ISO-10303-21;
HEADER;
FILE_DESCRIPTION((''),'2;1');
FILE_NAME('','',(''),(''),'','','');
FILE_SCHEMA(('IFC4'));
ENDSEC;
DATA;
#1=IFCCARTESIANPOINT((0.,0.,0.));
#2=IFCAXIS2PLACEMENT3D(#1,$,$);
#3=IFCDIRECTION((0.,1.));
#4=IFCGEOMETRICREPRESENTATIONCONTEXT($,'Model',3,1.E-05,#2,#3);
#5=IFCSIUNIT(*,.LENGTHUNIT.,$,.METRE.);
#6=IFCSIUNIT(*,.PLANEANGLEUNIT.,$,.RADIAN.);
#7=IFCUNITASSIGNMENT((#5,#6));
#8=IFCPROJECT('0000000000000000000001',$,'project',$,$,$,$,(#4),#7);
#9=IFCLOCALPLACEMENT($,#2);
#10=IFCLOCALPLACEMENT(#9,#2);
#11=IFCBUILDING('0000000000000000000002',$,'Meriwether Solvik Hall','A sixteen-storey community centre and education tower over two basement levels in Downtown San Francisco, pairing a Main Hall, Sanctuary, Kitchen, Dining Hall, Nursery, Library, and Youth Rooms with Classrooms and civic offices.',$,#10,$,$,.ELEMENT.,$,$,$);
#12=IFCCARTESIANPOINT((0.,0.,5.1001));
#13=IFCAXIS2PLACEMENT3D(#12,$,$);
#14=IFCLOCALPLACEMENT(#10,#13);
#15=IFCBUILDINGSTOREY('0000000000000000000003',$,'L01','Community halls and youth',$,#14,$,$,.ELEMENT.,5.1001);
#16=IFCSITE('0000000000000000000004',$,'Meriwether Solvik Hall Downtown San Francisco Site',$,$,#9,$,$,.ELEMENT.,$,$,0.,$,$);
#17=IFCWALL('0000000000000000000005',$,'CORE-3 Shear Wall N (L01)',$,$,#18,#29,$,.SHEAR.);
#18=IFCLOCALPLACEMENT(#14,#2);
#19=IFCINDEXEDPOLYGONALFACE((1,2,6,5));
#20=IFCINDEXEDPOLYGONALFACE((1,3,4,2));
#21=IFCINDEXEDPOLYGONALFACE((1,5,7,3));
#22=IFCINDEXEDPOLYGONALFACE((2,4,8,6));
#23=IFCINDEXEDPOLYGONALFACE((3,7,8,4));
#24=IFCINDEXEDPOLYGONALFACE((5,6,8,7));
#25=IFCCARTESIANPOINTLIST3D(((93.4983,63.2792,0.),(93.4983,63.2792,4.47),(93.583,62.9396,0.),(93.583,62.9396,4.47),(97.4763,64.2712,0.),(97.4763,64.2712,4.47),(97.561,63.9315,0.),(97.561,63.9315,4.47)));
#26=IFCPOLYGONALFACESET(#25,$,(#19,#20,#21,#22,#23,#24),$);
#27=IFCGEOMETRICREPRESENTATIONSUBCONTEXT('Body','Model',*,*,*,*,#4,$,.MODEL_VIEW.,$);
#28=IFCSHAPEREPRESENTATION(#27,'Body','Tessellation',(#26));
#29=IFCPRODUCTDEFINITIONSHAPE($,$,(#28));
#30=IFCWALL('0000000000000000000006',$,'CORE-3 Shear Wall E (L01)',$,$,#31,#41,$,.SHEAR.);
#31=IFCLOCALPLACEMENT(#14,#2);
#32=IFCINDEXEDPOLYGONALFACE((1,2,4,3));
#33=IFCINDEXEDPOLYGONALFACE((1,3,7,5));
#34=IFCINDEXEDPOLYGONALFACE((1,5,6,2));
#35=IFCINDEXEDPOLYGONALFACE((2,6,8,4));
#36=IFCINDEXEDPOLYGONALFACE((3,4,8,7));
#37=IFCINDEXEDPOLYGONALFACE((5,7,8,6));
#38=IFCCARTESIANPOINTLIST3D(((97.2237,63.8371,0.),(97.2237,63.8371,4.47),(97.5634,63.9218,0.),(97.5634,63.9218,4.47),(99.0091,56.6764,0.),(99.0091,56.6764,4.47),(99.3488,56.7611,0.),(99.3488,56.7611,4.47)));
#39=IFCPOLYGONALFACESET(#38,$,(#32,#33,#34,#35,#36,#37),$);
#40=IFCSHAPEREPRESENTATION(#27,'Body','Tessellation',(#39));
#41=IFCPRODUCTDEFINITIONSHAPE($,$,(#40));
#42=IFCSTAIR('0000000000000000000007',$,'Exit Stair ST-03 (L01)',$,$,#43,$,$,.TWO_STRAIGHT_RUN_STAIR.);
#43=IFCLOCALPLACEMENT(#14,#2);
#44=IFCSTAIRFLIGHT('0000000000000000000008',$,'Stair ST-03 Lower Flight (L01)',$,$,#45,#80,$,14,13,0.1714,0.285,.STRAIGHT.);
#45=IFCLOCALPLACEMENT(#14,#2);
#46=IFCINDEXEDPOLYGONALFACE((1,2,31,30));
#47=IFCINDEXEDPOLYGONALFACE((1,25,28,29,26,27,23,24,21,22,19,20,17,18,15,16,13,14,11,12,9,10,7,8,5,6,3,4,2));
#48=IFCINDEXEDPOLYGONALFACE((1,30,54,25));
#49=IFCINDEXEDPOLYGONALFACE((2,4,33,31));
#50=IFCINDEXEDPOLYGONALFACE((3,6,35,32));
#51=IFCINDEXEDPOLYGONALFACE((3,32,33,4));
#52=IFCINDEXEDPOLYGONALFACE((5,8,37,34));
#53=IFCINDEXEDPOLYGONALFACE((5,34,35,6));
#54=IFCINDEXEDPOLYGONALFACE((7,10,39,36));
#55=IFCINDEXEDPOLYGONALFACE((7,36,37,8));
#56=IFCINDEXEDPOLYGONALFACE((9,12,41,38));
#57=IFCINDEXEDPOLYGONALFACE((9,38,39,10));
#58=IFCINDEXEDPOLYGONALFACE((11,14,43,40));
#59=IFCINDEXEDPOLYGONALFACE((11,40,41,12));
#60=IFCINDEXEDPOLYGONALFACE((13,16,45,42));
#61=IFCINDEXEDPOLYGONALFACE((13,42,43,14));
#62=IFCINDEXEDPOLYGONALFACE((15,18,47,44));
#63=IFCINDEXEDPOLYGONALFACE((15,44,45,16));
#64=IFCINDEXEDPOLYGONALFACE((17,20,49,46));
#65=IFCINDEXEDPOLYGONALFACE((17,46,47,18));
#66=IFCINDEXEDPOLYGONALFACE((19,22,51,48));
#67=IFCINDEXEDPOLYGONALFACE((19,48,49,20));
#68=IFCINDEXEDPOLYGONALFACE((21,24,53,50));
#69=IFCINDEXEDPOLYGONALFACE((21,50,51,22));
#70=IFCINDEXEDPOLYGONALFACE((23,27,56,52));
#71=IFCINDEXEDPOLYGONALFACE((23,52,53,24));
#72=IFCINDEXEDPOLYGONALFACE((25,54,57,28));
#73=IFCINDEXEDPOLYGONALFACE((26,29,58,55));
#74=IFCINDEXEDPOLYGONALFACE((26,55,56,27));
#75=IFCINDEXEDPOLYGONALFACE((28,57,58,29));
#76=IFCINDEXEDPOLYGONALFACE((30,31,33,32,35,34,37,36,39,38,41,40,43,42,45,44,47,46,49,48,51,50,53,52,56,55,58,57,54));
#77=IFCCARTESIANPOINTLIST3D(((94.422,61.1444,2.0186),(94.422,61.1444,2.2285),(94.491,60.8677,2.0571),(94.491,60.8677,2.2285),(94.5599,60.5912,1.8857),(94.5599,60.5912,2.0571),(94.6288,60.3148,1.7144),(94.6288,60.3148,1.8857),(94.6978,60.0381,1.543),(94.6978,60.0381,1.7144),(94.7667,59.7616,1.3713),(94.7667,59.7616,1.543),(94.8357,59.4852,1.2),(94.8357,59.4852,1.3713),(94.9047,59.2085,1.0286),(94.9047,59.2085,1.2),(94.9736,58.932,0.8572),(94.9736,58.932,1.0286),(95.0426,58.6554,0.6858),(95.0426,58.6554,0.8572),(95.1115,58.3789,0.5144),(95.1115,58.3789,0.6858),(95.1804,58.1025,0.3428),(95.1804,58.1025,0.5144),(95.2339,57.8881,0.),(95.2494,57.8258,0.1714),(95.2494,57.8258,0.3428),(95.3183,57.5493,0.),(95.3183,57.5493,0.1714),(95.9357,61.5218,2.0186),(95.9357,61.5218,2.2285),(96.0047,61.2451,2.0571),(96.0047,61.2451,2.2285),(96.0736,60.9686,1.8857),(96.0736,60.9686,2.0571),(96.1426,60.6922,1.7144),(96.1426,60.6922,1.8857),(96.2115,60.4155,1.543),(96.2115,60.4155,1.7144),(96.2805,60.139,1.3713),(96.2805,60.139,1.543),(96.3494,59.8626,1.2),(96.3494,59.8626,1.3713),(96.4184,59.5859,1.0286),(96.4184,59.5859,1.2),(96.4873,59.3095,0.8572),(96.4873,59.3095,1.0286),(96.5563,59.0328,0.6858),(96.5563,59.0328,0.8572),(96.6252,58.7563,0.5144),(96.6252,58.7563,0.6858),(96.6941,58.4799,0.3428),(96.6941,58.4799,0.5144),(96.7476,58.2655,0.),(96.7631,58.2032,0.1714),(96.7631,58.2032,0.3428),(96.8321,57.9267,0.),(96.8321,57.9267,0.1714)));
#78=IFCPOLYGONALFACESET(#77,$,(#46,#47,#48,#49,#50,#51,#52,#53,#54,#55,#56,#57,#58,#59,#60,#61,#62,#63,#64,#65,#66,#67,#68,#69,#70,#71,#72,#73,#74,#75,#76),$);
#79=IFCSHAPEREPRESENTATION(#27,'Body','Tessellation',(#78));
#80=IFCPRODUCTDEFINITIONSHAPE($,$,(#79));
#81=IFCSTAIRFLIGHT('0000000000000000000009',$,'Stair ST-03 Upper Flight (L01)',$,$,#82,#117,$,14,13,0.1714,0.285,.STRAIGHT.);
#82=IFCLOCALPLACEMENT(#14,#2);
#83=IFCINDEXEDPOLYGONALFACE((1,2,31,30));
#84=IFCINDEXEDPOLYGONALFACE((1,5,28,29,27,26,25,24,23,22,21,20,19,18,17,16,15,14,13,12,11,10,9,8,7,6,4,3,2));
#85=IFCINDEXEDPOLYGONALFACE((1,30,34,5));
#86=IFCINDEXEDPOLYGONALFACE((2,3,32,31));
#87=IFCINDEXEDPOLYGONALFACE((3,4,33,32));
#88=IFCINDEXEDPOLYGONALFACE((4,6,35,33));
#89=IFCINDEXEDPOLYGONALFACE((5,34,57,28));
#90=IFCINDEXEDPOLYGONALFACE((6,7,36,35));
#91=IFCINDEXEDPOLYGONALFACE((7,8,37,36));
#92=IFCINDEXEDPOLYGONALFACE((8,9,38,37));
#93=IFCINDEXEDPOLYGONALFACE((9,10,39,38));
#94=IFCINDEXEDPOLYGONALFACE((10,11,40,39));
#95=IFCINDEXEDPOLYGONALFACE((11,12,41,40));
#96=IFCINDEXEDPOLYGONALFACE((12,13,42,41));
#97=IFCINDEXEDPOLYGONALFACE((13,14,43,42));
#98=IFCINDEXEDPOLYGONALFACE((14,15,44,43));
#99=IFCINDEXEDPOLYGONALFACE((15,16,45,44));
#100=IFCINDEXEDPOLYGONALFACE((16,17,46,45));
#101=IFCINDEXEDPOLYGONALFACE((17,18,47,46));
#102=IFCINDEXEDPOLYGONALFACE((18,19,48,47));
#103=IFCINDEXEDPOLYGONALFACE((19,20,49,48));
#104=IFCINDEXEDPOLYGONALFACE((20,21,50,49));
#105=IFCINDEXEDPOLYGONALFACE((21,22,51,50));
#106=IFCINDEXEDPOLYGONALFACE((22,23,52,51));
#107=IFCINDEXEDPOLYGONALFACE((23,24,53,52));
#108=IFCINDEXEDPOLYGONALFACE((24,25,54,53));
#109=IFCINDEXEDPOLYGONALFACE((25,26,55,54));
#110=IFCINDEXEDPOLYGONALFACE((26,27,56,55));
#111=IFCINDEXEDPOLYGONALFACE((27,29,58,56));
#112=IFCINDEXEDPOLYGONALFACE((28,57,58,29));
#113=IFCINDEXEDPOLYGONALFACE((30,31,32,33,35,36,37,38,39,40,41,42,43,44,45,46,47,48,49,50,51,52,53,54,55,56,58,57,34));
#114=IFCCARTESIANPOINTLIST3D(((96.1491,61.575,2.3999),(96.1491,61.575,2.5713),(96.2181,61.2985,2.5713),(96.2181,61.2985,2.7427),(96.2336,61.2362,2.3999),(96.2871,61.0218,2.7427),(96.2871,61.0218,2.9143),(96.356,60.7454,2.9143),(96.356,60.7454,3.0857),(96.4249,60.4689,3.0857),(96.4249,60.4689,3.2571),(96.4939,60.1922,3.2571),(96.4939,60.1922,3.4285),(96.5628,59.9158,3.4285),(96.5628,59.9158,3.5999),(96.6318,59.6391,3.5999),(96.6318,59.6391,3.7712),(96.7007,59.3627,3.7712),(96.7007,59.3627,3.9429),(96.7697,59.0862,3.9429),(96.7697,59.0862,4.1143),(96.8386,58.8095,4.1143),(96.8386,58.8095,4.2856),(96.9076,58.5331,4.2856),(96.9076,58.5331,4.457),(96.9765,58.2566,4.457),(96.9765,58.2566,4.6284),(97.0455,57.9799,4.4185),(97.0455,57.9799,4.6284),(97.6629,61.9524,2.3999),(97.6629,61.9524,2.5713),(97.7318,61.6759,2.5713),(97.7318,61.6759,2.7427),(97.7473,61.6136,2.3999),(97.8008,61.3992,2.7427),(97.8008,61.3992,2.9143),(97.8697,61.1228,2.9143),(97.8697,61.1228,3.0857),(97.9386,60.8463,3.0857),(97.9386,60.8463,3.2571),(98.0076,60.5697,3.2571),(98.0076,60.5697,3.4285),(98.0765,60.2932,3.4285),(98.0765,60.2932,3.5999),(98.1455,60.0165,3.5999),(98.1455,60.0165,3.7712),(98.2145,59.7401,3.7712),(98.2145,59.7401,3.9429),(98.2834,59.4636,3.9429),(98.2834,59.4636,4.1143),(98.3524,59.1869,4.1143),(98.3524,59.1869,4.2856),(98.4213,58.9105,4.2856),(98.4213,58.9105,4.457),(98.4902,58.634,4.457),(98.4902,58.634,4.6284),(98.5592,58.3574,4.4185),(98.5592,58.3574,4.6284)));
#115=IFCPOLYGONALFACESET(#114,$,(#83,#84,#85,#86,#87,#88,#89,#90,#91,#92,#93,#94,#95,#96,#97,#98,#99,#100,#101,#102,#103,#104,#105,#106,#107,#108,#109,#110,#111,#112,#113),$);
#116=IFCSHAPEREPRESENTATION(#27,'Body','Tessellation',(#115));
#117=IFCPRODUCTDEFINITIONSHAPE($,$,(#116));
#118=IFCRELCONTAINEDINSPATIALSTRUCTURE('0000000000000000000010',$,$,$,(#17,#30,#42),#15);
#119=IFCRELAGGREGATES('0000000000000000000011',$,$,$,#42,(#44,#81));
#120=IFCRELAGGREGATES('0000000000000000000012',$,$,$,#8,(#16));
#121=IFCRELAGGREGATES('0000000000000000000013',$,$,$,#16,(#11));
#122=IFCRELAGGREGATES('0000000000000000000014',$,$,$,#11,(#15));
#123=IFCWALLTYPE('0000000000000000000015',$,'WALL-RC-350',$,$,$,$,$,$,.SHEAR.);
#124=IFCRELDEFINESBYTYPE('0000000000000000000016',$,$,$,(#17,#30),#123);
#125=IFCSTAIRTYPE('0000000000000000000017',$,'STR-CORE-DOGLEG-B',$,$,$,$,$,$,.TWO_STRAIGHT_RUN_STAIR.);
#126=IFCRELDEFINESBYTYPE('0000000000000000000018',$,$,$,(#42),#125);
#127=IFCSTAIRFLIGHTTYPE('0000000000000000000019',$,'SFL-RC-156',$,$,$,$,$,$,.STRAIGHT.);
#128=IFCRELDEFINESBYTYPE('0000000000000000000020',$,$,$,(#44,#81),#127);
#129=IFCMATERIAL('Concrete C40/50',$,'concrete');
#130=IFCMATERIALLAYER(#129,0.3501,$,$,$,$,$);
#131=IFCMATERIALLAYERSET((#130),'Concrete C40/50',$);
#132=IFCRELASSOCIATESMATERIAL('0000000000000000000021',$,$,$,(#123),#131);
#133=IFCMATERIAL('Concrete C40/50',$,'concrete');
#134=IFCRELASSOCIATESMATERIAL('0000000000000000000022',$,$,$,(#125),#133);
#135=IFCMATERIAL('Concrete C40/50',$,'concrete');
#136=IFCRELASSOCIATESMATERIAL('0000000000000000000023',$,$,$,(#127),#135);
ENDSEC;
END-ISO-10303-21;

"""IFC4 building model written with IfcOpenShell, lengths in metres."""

from ifc_helpers import new_model, si_unit, direction, frame, frame_2d, origin, place, context, subcontext, project, spatial, polyline, rectangle, outline, extrude, material, layer, layer_set, type_object, element, aggregate, save


model = new_model("IFC4")

# Units and contexts
model_context = context("Model", 3, precision=1e-05, world=origin(), true_north=direction((0.0, 1.0)))
body_context = subcontext(model_context, "Body", "Model", "MODEL_VIEW")
ifc_project = project(units=[si_unit("LENGTHUNIT", "METRE"), si_unit("PLANEANGLEUNIT", "RADIAN")], contexts=[model_context])

# Site, building, storey
site_placement = place(None, origin())
site = spatial("IfcSite", under=ifc_project, at=site_placement, Name="Meriwether Solvik Hall Downtown San Francisco Site", CompositionType="ELEMENT", RefElevation=0.0)
building_placement = place(site_placement, origin())
building = spatial("IfcBuilding", under=site, at=building_placement, Name="Meriwether Solvik Hall", Description="A sixteen-storey community centre and education tower over two basement levels in Downtown San Francisco, pairing a Main Hall, Sanctuary, Kitchen, Dining Hall, Nursery, Library, and Youth Rooms with Classrooms and civic offices.", CompositionType="ELEMENT")
storey_placement = place(building_placement, frame((0.0, 0.0, 5.1001)))
storey = spatial("IfcBuildingStorey", under=building, at=storey_placement, Name="L01", Description="Community halls and youth", CompositionType="ELEMENT", Elevation=5.1001)

# Walls
ifc_material_1 = material(Name="Concrete C40/50", Category="concrete")
ifc_layer_1 = layer(ifc_material_1, 0.3501)
ifc_layer_set_1 = layer_set([ifc_layer_1], Name="Concrete C40/50")
wall_type = type_object("IfcWallType", Name="WALL-RC-350", PredefinedType="SHEAR", material=ifc_layer_set_1)
wall_1_placement = place(storey_placement, frame((97.5186, 64.1013, 0.0), z_axis=(0.0, 0.0, 1.0), x_axis=(-0.970289, -0.241947, 0.0)))
element("IfcWall", 1, at=wall_1_placement, inside=storey, type_object=wall_type, Name="CORE-3 Shear Wall N (L01)", PredefinedType="SHEAR", context=body_context, shape_type="SweptSolid", body=[
    extrude(rectangle(XDim=4.0999, YDim=0.3501, at=frame_2d((2.0498, 0.0))), origin(), (0.0, 0.0, 1.0), 4.47),
])
wall_2_placement = place(storey_placement, frame((99.179, 56.7188, 0.0), z_axis=(0.0, 0.0, 1.0), x_axis=(-0.241928, 0.970294, 0.0)))
element("IfcWall", 2, at=wall_2_placement, inside=storey, type_object=wall_type, Name="CORE-3 Shear Wall E (L01)", PredefinedType="SHEAR", context=body_context, shape_type="SweptSolid", body=[
    extrude(rectangle(XDim=7.3799, YDim=0.3501, at=frame_2d((3.6899, 0.0))), origin(), (0.0, 0.0, 1.0), 4.47),
])

# Stair, stair flights
ifc_material_2 = material(Name="Concrete C40/50", Category="concrete")
stair_type = type_object("IfcStairType", Name="STR-CORE-DOGLEG-B", PredefinedType="TWO_STRAIGHT_RUN_STAIR", material=ifc_material_2)
stair_placement = place(storey_placement, origin())
stair = element("IfcStair", 3, at=stair_placement, inside=storey, type_object=stair_type, Name="Exit Stair ST-03 (L01)", PredefinedType="TWO_STRAIGHT_RUN_STAIR")
ifc_material_3 = material(Name="Concrete C40/50", Category="concrete")
stair_flight_type = type_object("IfcStairFlightType", Name="SFL-RC-156", PredefinedType="STRAIGHT", material=ifc_material_3)
stair_flight_1_placement = place(storey_placement, frame((96.0752, 57.738, 0.0), z_axis=(0.0, 0.0, 1.0), x_axis=(-0.241922, 0.970296, 0.0)))
stair_flight_1 = element("IfcStairFlight", 4, at=stair_flight_1_placement, type_object=stair_flight_type, Name="Stair ST-03 Lower Flight (L01)", NumberOfRisers=14, NumberOfTreads=13, PredefinedType="STRAIGHT", RiserHeight=0.1714, TreadLength=0.285, context=body_context, shape_type="SweptSolid", body=[
    extrude(outline(polyline([(0.0, 0.0), (0.0, 0.1714), (0.2849, 0.1714), (0.2849, 0.3428), (0.5701, 0.3428), (0.5701, 0.5144), (0.855, 0.5144), (0.855, 0.6858), (1.1399, 0.6858), (1.1399, 0.8572), (1.425, 0.8572), (1.425, 1.0286), (1.71, 1.0286), (1.71, 1.2), (1.9951, 1.2), (1.9951, 1.3713), (2.28, 1.3713), (2.28, 1.543), (2.5649, 1.543), (2.5649, 1.7144), (2.8501, 1.7144), (2.8501, 1.8857), (3.135, 1.8857), (3.135, 2.0571), (3.4199, 2.0571), (3.4199, 2.2285), (3.7051, 2.2285), (3.7051, 2.3999), (3.7051, 2.0186), (0.3491, 0.0), (0.0, 0.0)])), frame((0.0, 0.78, 0.0), z_axis=(0.0, -1.0, 0.0), x_axis=(1.0, 0.0, 0.0)), (0.0, 0.0, 1.0), 1.5601),
])
stair_flight_2_placement = place(storey_placement, frame((96.906, 61.7637, 2.3999), z_axis=(0.0, 0.0, 1.0), x_axis=(0.241922, -0.970296, 0.0)))
stair_flight_2 = element("IfcStairFlight", 5, at=stair_flight_2_placement, type_object=stair_flight_type, Name="Stair ST-03 Upper Flight (L01)", NumberOfRisers=14, NumberOfTreads=13, PredefinedType="STRAIGHT", RiserHeight=0.1714, TreadLength=0.285, context=body_context, shape_type="SweptSolid", body=[
    extrude(outline(polyline([(0.0, 0.0), (0.0, 0.1714), (0.2849, 0.1714), (0.2849, 0.3428), (0.5701, 0.3428), (0.5701, 0.5144), (0.855, 0.5144), (0.855, 0.6858), (1.1399, 0.6858), (1.1399, 0.8572), (1.425, 0.8572), (1.425, 1.0286), (1.71, 1.0286), (1.71, 1.2), (1.9951, 1.2), (1.9951, 1.3713), (2.28, 1.3713), (2.28, 1.543), (2.5649, 1.543), (2.5649, 1.7144), (2.8501, 1.7144), (2.8501, 1.8857), (3.135, 1.8857), (3.135, 2.0571), (3.4199, 2.0571), (3.4199, 2.2285), (3.7051, 2.2285), (3.7051, 2.3999), (3.7051, 2.0186), (0.3491, 0.0), (0.0, 0.0)])), frame((0.0, 0.78, 0.0), z_axis=(0.0, -1.0, 0.0), x_axis=(1.0, 0.0, 0.0)), (0.0, 0.0, 1.0), 1.5601),
])
aggregate(stair, [stair_flight_1, stair_flight_2])

save(model, "model.ifc")
